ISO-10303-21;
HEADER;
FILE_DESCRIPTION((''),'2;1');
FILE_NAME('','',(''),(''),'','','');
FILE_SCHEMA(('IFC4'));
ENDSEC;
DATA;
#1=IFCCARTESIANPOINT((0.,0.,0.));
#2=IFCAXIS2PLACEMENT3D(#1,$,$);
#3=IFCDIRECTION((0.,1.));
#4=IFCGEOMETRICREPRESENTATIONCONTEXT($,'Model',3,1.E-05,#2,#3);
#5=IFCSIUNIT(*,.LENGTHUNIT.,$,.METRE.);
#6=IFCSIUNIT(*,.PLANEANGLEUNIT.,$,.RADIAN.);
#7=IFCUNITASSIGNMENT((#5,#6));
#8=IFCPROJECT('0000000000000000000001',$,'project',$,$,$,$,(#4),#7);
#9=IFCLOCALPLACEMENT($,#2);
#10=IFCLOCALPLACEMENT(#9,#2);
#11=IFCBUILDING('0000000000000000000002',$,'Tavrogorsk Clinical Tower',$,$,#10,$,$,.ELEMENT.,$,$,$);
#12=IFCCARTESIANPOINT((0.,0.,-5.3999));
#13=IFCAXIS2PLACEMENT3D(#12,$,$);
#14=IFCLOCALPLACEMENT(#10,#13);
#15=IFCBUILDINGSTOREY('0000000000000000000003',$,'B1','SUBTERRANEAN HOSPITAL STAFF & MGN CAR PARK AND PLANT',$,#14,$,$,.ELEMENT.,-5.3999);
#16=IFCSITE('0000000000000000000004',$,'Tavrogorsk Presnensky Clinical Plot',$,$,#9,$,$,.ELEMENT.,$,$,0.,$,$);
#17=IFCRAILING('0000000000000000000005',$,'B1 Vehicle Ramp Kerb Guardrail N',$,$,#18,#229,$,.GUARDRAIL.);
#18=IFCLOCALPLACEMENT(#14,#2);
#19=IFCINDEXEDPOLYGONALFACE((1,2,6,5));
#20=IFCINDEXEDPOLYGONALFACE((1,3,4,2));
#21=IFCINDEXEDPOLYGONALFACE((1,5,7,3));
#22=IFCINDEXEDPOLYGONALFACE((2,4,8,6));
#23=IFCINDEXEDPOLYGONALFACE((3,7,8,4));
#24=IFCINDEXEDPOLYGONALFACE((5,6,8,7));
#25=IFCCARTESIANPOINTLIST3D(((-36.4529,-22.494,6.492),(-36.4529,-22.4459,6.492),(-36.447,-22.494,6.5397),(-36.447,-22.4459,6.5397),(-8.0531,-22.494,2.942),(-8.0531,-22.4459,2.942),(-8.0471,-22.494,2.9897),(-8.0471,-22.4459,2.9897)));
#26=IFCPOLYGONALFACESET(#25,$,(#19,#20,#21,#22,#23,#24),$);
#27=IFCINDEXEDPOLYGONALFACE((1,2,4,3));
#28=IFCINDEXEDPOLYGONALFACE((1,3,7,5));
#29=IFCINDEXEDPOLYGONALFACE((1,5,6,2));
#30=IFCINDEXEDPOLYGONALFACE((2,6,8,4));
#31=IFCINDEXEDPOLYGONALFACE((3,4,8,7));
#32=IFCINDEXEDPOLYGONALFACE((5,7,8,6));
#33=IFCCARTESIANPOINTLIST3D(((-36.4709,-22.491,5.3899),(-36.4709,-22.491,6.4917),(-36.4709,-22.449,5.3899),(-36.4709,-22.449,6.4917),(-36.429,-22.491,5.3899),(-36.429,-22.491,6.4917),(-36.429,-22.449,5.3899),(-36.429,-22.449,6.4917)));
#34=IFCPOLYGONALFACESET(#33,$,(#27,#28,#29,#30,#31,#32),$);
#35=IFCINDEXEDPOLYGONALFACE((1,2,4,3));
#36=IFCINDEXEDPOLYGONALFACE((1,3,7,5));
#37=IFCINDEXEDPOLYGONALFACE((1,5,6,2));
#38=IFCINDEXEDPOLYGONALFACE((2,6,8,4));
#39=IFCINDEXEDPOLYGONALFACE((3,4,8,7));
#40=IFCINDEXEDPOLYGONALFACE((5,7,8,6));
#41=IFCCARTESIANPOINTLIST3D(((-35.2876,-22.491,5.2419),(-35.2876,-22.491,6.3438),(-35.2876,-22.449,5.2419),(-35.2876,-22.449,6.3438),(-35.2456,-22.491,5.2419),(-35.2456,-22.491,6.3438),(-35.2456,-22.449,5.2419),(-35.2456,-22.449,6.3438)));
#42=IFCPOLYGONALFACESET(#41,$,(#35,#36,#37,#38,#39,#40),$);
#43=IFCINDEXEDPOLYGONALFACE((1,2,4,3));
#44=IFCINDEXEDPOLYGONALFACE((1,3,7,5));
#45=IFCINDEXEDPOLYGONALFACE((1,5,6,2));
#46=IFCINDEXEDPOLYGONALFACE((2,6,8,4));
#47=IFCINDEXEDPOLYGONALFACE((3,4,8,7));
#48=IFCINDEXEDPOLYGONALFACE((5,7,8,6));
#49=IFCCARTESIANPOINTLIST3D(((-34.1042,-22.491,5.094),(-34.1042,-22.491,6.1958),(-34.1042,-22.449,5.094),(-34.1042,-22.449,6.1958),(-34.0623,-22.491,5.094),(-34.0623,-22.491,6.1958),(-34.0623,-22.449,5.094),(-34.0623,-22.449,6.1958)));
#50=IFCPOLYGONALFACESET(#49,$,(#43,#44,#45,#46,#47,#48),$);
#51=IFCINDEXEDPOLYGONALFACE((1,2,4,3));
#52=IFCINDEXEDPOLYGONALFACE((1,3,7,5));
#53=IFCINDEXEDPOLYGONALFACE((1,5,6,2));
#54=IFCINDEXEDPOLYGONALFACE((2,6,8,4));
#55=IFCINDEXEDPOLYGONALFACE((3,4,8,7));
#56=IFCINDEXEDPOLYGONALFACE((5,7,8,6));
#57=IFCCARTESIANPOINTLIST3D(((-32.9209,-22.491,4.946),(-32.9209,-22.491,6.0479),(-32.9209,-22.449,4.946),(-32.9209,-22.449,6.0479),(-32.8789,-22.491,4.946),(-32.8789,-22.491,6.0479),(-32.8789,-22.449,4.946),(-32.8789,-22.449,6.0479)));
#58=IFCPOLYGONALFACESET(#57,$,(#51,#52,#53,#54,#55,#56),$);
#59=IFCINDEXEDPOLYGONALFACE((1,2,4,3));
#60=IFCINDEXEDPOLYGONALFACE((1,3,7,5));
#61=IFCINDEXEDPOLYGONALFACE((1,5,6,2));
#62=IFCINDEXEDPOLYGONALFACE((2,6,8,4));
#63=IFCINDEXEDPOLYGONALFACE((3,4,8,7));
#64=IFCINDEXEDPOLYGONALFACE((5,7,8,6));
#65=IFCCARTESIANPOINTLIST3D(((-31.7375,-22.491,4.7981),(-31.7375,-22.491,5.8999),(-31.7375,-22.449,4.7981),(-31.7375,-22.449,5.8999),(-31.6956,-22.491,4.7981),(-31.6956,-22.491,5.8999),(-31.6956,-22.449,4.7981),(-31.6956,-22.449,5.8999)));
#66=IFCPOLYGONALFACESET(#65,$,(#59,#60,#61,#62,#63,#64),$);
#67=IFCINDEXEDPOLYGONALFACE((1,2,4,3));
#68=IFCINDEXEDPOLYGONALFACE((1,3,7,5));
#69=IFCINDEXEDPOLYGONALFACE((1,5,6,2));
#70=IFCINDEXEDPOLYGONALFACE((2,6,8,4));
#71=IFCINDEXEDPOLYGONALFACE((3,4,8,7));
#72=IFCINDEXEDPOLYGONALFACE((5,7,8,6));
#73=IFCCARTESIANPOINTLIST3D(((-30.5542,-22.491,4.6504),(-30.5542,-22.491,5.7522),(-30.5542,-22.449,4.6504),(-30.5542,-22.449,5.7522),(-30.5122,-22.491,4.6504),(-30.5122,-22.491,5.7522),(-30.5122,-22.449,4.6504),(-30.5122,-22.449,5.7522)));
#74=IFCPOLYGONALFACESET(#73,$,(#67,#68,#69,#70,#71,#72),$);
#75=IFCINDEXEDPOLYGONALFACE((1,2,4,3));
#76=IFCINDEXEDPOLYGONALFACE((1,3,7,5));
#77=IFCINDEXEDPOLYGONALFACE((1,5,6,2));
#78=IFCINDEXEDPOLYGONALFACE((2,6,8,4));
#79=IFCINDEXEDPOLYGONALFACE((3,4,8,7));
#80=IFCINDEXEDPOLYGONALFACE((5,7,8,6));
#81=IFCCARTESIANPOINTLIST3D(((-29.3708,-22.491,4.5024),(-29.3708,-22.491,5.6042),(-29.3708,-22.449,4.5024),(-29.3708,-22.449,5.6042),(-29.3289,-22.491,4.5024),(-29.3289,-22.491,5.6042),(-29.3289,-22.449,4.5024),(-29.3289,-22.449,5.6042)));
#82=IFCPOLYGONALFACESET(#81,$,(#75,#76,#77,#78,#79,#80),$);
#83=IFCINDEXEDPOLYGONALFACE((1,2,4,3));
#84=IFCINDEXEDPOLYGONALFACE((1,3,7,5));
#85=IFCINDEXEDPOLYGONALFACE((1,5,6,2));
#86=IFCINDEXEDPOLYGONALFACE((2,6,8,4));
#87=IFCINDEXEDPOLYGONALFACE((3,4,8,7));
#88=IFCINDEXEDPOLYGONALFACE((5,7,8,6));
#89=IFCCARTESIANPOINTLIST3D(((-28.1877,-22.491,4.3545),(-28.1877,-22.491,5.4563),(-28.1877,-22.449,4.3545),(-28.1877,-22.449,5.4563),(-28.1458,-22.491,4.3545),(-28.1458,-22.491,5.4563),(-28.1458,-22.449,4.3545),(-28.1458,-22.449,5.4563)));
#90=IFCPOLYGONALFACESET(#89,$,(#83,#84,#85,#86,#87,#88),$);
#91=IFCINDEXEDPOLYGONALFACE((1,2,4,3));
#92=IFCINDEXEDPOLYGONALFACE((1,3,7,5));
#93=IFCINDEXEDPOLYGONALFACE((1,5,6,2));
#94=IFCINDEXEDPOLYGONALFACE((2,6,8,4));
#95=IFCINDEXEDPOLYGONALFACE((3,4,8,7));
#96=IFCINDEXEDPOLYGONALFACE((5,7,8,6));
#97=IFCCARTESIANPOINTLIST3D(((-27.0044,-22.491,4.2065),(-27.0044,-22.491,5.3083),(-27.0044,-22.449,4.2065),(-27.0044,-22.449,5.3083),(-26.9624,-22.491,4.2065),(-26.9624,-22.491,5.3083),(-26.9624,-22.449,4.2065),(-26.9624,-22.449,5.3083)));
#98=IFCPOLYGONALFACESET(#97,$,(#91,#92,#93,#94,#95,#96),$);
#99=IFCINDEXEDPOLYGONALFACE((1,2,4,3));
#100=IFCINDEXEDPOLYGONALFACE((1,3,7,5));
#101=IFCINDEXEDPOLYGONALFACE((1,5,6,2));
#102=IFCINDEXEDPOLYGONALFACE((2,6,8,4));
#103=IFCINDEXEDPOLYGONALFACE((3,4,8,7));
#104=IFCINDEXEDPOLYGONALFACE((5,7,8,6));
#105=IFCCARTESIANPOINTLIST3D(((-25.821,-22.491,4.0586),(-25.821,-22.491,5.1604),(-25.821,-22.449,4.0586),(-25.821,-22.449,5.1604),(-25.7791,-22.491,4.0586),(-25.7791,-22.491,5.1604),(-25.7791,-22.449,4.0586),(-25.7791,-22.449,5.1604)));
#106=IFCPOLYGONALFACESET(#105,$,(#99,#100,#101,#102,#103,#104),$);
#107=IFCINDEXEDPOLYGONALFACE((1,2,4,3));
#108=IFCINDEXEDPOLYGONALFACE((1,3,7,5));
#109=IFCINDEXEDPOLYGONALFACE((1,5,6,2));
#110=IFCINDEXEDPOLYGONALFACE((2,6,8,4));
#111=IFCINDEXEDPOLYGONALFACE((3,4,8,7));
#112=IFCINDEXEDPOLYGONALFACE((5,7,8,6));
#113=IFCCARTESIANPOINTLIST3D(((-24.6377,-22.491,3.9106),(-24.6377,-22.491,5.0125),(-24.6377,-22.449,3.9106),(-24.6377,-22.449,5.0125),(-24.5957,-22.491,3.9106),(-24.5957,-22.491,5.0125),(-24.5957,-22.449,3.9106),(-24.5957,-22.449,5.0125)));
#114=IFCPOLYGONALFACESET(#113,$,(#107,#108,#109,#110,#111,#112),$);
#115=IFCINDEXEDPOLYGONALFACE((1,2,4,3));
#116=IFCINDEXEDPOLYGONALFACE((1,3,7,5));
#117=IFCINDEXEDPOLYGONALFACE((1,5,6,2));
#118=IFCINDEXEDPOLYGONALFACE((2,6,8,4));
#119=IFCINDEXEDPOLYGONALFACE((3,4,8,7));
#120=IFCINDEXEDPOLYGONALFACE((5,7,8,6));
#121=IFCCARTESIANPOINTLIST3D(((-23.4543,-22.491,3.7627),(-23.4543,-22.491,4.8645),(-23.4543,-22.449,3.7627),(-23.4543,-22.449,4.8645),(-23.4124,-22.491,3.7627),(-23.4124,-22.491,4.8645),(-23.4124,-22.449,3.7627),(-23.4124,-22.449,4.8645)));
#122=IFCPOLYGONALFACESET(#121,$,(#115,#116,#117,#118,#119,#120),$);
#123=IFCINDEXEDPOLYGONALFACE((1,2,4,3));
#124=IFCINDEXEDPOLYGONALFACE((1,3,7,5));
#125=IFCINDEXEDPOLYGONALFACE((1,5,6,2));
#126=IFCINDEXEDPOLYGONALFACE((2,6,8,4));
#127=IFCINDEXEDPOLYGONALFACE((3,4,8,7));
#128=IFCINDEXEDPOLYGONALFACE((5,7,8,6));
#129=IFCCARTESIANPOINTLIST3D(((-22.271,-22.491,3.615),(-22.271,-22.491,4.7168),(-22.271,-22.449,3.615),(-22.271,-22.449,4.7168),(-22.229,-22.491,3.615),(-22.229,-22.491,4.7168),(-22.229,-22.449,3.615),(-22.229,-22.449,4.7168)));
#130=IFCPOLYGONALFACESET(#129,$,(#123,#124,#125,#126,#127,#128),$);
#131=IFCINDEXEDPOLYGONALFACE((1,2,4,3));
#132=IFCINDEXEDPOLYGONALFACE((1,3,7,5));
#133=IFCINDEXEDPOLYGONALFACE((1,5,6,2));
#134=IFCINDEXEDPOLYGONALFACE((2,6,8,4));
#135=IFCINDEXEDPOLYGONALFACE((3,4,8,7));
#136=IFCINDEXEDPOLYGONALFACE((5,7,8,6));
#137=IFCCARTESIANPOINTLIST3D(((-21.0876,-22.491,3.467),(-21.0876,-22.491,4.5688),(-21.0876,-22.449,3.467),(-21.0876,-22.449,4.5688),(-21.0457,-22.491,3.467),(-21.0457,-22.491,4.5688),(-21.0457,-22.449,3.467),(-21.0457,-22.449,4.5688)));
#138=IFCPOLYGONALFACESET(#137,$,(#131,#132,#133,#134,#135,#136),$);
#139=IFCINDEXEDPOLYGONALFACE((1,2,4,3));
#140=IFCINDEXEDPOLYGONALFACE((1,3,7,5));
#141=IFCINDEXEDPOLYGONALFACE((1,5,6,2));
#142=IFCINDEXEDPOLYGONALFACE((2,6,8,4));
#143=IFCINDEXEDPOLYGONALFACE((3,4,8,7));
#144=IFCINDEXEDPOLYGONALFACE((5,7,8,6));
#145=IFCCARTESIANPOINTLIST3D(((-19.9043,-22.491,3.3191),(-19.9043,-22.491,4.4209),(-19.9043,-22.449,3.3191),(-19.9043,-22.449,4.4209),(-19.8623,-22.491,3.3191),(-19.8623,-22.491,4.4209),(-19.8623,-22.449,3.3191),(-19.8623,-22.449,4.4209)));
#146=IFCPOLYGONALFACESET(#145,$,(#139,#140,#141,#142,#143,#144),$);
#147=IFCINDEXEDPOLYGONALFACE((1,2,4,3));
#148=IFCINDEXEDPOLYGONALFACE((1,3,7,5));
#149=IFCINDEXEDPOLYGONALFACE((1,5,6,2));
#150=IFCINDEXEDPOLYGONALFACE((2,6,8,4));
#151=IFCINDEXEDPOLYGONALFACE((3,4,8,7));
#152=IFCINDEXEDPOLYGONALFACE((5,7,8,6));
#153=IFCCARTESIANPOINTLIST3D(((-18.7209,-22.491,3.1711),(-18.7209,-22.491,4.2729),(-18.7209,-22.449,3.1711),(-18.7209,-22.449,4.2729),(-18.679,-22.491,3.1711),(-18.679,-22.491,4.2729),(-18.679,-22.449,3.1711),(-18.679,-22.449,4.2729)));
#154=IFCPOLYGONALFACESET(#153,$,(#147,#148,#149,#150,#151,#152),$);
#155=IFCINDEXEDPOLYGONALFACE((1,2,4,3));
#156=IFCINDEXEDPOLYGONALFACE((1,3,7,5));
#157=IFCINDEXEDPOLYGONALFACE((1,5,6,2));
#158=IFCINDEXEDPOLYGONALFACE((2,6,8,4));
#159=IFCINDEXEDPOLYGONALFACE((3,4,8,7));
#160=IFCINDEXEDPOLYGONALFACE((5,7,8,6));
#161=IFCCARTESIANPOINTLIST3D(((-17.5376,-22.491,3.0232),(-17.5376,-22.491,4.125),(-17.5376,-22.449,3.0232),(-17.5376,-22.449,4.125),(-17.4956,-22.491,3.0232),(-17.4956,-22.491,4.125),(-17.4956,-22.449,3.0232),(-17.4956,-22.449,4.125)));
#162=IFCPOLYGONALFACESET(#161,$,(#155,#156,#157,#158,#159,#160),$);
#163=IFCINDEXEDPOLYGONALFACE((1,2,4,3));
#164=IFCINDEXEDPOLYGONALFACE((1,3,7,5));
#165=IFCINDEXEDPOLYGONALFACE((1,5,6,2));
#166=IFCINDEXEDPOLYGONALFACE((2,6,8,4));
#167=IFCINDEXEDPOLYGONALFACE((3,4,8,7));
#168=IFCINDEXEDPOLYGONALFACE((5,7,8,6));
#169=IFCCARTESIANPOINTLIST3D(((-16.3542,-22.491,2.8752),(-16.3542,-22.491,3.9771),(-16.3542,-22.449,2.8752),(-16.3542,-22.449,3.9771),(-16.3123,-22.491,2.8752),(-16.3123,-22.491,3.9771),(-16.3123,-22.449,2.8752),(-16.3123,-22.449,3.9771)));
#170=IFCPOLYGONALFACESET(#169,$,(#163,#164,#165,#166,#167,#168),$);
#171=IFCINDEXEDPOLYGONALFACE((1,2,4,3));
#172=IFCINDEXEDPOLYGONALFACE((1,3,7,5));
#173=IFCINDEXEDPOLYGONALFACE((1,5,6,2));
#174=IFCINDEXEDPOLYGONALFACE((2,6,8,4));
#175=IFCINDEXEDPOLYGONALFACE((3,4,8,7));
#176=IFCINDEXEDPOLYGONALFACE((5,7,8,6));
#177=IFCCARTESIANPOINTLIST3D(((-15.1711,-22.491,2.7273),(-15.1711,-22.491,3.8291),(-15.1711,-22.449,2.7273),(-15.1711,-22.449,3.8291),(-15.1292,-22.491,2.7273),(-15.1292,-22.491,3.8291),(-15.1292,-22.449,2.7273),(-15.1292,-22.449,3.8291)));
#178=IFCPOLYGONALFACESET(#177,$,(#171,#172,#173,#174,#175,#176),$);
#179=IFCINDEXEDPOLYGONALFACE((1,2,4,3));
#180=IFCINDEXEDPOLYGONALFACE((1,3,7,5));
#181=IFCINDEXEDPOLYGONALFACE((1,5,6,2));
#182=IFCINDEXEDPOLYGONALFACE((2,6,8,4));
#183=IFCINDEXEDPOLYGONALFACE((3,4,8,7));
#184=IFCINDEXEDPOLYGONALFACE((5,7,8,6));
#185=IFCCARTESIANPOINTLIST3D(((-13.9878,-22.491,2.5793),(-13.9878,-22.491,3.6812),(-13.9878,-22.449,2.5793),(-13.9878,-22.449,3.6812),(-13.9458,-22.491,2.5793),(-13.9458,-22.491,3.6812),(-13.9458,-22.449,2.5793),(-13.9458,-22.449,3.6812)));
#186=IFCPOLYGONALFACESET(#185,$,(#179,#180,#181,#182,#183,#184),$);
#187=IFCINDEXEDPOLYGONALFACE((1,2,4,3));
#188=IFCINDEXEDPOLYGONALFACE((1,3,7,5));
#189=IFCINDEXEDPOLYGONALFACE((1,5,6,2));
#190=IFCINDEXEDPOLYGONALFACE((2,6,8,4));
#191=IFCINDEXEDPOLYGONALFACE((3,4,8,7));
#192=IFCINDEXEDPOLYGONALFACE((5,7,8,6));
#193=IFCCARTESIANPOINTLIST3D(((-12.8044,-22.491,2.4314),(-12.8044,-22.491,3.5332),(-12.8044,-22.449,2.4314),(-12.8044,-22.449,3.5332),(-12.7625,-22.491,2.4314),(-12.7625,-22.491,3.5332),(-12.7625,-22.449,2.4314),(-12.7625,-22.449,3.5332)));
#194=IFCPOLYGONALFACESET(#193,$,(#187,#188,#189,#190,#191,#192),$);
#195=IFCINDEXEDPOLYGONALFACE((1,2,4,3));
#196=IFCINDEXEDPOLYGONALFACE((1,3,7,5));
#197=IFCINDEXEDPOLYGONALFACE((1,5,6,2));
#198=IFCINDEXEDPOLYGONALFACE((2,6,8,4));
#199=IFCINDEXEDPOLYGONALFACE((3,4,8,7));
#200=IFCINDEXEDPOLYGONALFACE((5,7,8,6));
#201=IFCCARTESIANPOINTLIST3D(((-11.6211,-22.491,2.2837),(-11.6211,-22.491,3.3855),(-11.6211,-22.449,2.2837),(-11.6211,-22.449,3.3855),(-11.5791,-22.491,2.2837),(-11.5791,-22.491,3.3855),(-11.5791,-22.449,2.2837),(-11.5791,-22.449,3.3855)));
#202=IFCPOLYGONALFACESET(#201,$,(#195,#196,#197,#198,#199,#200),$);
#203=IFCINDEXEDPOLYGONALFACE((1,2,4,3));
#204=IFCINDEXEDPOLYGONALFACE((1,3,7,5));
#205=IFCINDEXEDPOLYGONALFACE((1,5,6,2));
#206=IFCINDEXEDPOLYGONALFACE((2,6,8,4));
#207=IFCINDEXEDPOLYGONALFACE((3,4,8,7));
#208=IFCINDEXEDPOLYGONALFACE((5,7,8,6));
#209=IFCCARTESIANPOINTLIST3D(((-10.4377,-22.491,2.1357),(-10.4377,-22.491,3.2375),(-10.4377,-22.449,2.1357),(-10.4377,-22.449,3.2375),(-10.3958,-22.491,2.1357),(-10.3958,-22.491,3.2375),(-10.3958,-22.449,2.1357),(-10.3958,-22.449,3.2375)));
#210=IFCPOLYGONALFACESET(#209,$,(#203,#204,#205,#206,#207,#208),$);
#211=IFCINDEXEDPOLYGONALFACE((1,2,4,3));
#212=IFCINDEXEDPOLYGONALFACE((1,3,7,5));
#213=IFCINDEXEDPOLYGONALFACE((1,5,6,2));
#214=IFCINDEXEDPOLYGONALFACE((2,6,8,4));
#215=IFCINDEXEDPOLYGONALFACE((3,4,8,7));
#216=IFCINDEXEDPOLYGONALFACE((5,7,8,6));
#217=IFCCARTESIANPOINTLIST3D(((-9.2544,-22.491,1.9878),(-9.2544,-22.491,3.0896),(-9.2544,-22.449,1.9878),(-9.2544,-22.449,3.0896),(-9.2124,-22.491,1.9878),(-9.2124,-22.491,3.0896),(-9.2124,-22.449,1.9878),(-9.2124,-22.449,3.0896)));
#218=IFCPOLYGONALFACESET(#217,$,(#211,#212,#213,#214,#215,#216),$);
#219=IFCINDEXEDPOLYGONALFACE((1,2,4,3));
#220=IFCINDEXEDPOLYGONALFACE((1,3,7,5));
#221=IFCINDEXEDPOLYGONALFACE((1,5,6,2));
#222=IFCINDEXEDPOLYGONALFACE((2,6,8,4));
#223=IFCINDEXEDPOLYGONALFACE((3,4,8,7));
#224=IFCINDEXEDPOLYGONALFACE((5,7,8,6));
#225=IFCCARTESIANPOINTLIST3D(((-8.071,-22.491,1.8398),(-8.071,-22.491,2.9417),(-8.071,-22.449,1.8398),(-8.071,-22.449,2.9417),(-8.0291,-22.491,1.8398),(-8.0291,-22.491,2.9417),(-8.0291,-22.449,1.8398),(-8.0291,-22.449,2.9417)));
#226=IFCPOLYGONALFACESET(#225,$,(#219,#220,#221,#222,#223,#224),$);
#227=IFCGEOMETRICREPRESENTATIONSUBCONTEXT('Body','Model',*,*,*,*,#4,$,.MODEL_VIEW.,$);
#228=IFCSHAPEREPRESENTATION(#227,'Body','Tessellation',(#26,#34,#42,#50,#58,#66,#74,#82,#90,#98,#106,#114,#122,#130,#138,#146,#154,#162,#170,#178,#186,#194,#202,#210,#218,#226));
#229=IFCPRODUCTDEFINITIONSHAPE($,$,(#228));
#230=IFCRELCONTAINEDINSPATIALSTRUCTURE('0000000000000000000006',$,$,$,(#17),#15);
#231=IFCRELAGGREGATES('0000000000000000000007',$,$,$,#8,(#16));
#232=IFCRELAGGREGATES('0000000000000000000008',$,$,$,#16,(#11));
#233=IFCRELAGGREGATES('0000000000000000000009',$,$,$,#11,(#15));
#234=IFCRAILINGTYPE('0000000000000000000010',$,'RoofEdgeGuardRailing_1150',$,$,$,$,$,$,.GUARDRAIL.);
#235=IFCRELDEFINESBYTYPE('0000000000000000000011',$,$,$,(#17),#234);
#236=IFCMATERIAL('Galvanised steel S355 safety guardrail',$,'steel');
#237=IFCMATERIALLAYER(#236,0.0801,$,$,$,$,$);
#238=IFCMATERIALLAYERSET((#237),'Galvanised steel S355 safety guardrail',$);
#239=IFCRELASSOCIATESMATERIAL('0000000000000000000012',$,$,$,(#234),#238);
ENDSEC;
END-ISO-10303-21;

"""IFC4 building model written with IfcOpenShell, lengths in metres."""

from ifc_helpers import new_model, si_unit, direction, frame, origin, origin_2d, place, context, subcontext, project, spatial, rectangle, extrude, material, layer, layer_set, type_object, element, save


model = new_model("IFC4")

# Units and contexts
model_context = context("Model", 3, precision=1e-05, world=origin(), true_north=direction((0.0, 1.0)))
body_context = subcontext(model_context, "Body", "Model", "MODEL_VIEW")
ifc_project = project(units=[si_unit("LENGTHUNIT", "METRE"), si_unit("PLANEANGLEUNIT", "RADIAN")], contexts=[model_context])

# Site, building, storey
site_placement = place(None, origin())
site = spatial("IfcSite", under=ifc_project, at=site_placement, Name="Tavrogorsk Presnensky Clinical Plot", CompositionType="ELEMENT", RefElevation=0.0)
building_placement = place(site_placement, origin())
building = spatial("IfcBuilding", under=site, at=building_placement, Name="Tavrogorsk Clinical Tower", CompositionType="ELEMENT")
storey_placement = place(building_placement, frame((0.0, 0.0, -5.3999)))
storey = spatial("IfcBuildingStorey", under=building, at=storey_placement, Name="B1", Description="SUBTERRANEAN HOSPITAL STAFF & MGN CAR PARK AND PLANT", CompositionType="ELEMENT", Elevation=-5.3999)

# Railing
ifc_material_1 = material(Name="Galvanised steel S355 safety guardrail", Category="steel")
ifc_layer_1 = layer(ifc_material_1, 0.0801)
ifc_layer_set_1 = layer_set([ifc_layer_1], Name="Galvanised steel S355 safety guardrail")
railing_type = type_object("IfcRailingType", Name="RoofEdgeGuardRailing_1150", PredefinedType="GUARDRAIL", material=ifc_layer_set_1)
railing_1_placement = place(storey_placement, frame((-36.45, -22.47, 5.3899)))
element("IfcRailing", 1, at=railing_1_placement, inside=storey, type_object=railing_type, Name="B1 Vehicle Ramp Kerb Guardrail N", PredefinedType="GUARDRAIL", context=body_context, shape_type="SweptSolid", body=[
    extrude(rectangle(XDim=0.0481, YDim=0.0481, at=origin_2d()), frame((0.0, 0.0, 1.126), z_axis=(0.992278, 0.0, -0.124037), x_axis=(0.0, 1.0, 0.0)), (0.0, 0.0, 1.0), 28.6208),
    extrude(rectangle(XDim=0.042, YDim=0.042, at=origin_2d()), origin(), (0.0, 0.0, 1.0), 1.1018),
    extrude(rectangle(XDim=0.042, YDim=0.042, at=origin_2d()), frame((1.1833, 0.0, -0.1479)), (0.0, 0.0, 1.0), 1.1018),
    extrude(rectangle(XDim=0.042, YDim=0.042, at=origin_2d()), frame((2.3667, 0.0, -0.2959)), (0.0, 0.0, 1.0), 1.1018),
    extrude(rectangle(XDim=0.042, YDim=0.042, at=origin_2d()), frame((3.55, 0.0, -0.4438)), (0.0, 0.0, 1.0), 1.1018),
    extrude(rectangle(XDim=0.042, YDim=0.042, at=origin_2d()), frame((4.7334, 0.0, -0.5918)), (0.0, 0.0, 1.0), 1.1018),
    extrude(rectangle(XDim=0.042, YDim=0.042, at=origin_2d()), frame((5.9167, 0.0, -0.7395)), (0.0, 0.0, 1.0), 1.1018),
    extrude(rectangle(XDim=0.042, YDim=0.042, at=origin_2d()), frame((7.1001, 0.0, -0.8875)), (0.0, 0.0, 1.0), 1.1018),
    extrude(rectangle(XDim=0.042, YDim=0.042, at=origin_2d()), frame((8.2832, 0.0, -1.0354)), (0.0, 0.0, 1.0), 1.1018),
    extrude(rectangle(XDim=0.042, YDim=0.042, at=origin_2d()), frame((9.4666, 0.0, -1.1833)), (0.0, 0.0, 1.0), 1.1018),
    extrude(rectangle(XDim=0.042, YDim=0.042, at=origin_2d()), frame((10.6499, 0.0, -1.3313)), (0.0, 0.0, 1.0), 1.1018),
    extrude(rectangle(XDim=0.042, YDim=0.042, at=origin_2d()), frame((11.8333, 0.0, -1.4792)), (0.0, 0.0, 1.0), 1.1018),
    extrude(rectangle(XDim=0.042, YDim=0.042, at=origin_2d()), frame((13.0166, 0.0, -1.6272)), (0.0, 0.0, 1.0), 1.1018),
    extrude(rectangle(XDim=0.042, YDim=0.042, at=origin_2d()), frame((14.2, 0.0, -1.7749)), (0.0, 0.0, 1.0), 1.1018),
    extrude(rectangle(XDim=0.042, YDim=0.042, at=origin_2d()), frame((15.3833, 0.0, -1.9229)), (0.0, 0.0, 1.0), 1.1018),
    extrude(rectangle(XDim=0.042, YDim=0.042, at=origin_2d()), frame((16.5667, 0.0, -2.0708)), (0.0, 0.0, 1.0), 1.1018),
    extrude(rectangle(XDim=0.042, YDim=0.042, at=origin_2d()), frame((17.75, 0.0, -2.2188)), (0.0, 0.0, 1.0), 1.1018),
    extrude(rectangle(XDim=0.042, YDim=0.042, at=origin_2d()), frame((18.9333, 0.0, -2.3667)), (0.0, 0.0, 1.0), 1.1018),
    extrude(rectangle(XDim=0.042, YDim=0.042, at=origin_2d()), frame((20.1167, 0.0, -2.5146)), (0.0, 0.0, 1.0), 1.1018),
    extrude(rectangle(XDim=0.042, YDim=0.042, at=origin_2d()), frame((21.2998, 0.0, -2.6626)), (0.0, 0.0, 1.0), 1.1018),
    extrude(rectangle(XDim=0.042, YDim=0.042, at=origin_2d()), frame((22.4832, 0.0, -2.8105)), (0.0, 0.0, 1.0), 1.1018),
    extrude(rectangle(XDim=0.042, YDim=0.042, at=origin_2d()), frame((23.6665, 0.0, -2.9585)), (0.0, 0.0, 1.0), 1.1018),
    extrude(rectangle(XDim=0.042, YDim=0.042, at=origin_2d()), frame((24.8499, 0.0, -3.1062)), (0.0, 0.0, 1.0), 1.1018),
    extrude(rectangle(XDim=0.042, YDim=0.042, at=origin_2d()), frame((26.0332, 0.0, -3.2542)), (0.0, 0.0, 1.0), 1.1018),
    extrude(rectangle(XDim=0.042, YDim=0.042, at=origin_2d()), frame((27.2166, 0.0, -3.4021)), (0.0, 0.0, 1.0), 1.1018),
    extrude(rectangle(XDim=0.042, YDim=0.042, at=origin_2d()), frame((28.3999, 0.0, -3.55)), (0.0, 0.0, 1.0), 1.1018),
])

save(model, "model.ifc")
